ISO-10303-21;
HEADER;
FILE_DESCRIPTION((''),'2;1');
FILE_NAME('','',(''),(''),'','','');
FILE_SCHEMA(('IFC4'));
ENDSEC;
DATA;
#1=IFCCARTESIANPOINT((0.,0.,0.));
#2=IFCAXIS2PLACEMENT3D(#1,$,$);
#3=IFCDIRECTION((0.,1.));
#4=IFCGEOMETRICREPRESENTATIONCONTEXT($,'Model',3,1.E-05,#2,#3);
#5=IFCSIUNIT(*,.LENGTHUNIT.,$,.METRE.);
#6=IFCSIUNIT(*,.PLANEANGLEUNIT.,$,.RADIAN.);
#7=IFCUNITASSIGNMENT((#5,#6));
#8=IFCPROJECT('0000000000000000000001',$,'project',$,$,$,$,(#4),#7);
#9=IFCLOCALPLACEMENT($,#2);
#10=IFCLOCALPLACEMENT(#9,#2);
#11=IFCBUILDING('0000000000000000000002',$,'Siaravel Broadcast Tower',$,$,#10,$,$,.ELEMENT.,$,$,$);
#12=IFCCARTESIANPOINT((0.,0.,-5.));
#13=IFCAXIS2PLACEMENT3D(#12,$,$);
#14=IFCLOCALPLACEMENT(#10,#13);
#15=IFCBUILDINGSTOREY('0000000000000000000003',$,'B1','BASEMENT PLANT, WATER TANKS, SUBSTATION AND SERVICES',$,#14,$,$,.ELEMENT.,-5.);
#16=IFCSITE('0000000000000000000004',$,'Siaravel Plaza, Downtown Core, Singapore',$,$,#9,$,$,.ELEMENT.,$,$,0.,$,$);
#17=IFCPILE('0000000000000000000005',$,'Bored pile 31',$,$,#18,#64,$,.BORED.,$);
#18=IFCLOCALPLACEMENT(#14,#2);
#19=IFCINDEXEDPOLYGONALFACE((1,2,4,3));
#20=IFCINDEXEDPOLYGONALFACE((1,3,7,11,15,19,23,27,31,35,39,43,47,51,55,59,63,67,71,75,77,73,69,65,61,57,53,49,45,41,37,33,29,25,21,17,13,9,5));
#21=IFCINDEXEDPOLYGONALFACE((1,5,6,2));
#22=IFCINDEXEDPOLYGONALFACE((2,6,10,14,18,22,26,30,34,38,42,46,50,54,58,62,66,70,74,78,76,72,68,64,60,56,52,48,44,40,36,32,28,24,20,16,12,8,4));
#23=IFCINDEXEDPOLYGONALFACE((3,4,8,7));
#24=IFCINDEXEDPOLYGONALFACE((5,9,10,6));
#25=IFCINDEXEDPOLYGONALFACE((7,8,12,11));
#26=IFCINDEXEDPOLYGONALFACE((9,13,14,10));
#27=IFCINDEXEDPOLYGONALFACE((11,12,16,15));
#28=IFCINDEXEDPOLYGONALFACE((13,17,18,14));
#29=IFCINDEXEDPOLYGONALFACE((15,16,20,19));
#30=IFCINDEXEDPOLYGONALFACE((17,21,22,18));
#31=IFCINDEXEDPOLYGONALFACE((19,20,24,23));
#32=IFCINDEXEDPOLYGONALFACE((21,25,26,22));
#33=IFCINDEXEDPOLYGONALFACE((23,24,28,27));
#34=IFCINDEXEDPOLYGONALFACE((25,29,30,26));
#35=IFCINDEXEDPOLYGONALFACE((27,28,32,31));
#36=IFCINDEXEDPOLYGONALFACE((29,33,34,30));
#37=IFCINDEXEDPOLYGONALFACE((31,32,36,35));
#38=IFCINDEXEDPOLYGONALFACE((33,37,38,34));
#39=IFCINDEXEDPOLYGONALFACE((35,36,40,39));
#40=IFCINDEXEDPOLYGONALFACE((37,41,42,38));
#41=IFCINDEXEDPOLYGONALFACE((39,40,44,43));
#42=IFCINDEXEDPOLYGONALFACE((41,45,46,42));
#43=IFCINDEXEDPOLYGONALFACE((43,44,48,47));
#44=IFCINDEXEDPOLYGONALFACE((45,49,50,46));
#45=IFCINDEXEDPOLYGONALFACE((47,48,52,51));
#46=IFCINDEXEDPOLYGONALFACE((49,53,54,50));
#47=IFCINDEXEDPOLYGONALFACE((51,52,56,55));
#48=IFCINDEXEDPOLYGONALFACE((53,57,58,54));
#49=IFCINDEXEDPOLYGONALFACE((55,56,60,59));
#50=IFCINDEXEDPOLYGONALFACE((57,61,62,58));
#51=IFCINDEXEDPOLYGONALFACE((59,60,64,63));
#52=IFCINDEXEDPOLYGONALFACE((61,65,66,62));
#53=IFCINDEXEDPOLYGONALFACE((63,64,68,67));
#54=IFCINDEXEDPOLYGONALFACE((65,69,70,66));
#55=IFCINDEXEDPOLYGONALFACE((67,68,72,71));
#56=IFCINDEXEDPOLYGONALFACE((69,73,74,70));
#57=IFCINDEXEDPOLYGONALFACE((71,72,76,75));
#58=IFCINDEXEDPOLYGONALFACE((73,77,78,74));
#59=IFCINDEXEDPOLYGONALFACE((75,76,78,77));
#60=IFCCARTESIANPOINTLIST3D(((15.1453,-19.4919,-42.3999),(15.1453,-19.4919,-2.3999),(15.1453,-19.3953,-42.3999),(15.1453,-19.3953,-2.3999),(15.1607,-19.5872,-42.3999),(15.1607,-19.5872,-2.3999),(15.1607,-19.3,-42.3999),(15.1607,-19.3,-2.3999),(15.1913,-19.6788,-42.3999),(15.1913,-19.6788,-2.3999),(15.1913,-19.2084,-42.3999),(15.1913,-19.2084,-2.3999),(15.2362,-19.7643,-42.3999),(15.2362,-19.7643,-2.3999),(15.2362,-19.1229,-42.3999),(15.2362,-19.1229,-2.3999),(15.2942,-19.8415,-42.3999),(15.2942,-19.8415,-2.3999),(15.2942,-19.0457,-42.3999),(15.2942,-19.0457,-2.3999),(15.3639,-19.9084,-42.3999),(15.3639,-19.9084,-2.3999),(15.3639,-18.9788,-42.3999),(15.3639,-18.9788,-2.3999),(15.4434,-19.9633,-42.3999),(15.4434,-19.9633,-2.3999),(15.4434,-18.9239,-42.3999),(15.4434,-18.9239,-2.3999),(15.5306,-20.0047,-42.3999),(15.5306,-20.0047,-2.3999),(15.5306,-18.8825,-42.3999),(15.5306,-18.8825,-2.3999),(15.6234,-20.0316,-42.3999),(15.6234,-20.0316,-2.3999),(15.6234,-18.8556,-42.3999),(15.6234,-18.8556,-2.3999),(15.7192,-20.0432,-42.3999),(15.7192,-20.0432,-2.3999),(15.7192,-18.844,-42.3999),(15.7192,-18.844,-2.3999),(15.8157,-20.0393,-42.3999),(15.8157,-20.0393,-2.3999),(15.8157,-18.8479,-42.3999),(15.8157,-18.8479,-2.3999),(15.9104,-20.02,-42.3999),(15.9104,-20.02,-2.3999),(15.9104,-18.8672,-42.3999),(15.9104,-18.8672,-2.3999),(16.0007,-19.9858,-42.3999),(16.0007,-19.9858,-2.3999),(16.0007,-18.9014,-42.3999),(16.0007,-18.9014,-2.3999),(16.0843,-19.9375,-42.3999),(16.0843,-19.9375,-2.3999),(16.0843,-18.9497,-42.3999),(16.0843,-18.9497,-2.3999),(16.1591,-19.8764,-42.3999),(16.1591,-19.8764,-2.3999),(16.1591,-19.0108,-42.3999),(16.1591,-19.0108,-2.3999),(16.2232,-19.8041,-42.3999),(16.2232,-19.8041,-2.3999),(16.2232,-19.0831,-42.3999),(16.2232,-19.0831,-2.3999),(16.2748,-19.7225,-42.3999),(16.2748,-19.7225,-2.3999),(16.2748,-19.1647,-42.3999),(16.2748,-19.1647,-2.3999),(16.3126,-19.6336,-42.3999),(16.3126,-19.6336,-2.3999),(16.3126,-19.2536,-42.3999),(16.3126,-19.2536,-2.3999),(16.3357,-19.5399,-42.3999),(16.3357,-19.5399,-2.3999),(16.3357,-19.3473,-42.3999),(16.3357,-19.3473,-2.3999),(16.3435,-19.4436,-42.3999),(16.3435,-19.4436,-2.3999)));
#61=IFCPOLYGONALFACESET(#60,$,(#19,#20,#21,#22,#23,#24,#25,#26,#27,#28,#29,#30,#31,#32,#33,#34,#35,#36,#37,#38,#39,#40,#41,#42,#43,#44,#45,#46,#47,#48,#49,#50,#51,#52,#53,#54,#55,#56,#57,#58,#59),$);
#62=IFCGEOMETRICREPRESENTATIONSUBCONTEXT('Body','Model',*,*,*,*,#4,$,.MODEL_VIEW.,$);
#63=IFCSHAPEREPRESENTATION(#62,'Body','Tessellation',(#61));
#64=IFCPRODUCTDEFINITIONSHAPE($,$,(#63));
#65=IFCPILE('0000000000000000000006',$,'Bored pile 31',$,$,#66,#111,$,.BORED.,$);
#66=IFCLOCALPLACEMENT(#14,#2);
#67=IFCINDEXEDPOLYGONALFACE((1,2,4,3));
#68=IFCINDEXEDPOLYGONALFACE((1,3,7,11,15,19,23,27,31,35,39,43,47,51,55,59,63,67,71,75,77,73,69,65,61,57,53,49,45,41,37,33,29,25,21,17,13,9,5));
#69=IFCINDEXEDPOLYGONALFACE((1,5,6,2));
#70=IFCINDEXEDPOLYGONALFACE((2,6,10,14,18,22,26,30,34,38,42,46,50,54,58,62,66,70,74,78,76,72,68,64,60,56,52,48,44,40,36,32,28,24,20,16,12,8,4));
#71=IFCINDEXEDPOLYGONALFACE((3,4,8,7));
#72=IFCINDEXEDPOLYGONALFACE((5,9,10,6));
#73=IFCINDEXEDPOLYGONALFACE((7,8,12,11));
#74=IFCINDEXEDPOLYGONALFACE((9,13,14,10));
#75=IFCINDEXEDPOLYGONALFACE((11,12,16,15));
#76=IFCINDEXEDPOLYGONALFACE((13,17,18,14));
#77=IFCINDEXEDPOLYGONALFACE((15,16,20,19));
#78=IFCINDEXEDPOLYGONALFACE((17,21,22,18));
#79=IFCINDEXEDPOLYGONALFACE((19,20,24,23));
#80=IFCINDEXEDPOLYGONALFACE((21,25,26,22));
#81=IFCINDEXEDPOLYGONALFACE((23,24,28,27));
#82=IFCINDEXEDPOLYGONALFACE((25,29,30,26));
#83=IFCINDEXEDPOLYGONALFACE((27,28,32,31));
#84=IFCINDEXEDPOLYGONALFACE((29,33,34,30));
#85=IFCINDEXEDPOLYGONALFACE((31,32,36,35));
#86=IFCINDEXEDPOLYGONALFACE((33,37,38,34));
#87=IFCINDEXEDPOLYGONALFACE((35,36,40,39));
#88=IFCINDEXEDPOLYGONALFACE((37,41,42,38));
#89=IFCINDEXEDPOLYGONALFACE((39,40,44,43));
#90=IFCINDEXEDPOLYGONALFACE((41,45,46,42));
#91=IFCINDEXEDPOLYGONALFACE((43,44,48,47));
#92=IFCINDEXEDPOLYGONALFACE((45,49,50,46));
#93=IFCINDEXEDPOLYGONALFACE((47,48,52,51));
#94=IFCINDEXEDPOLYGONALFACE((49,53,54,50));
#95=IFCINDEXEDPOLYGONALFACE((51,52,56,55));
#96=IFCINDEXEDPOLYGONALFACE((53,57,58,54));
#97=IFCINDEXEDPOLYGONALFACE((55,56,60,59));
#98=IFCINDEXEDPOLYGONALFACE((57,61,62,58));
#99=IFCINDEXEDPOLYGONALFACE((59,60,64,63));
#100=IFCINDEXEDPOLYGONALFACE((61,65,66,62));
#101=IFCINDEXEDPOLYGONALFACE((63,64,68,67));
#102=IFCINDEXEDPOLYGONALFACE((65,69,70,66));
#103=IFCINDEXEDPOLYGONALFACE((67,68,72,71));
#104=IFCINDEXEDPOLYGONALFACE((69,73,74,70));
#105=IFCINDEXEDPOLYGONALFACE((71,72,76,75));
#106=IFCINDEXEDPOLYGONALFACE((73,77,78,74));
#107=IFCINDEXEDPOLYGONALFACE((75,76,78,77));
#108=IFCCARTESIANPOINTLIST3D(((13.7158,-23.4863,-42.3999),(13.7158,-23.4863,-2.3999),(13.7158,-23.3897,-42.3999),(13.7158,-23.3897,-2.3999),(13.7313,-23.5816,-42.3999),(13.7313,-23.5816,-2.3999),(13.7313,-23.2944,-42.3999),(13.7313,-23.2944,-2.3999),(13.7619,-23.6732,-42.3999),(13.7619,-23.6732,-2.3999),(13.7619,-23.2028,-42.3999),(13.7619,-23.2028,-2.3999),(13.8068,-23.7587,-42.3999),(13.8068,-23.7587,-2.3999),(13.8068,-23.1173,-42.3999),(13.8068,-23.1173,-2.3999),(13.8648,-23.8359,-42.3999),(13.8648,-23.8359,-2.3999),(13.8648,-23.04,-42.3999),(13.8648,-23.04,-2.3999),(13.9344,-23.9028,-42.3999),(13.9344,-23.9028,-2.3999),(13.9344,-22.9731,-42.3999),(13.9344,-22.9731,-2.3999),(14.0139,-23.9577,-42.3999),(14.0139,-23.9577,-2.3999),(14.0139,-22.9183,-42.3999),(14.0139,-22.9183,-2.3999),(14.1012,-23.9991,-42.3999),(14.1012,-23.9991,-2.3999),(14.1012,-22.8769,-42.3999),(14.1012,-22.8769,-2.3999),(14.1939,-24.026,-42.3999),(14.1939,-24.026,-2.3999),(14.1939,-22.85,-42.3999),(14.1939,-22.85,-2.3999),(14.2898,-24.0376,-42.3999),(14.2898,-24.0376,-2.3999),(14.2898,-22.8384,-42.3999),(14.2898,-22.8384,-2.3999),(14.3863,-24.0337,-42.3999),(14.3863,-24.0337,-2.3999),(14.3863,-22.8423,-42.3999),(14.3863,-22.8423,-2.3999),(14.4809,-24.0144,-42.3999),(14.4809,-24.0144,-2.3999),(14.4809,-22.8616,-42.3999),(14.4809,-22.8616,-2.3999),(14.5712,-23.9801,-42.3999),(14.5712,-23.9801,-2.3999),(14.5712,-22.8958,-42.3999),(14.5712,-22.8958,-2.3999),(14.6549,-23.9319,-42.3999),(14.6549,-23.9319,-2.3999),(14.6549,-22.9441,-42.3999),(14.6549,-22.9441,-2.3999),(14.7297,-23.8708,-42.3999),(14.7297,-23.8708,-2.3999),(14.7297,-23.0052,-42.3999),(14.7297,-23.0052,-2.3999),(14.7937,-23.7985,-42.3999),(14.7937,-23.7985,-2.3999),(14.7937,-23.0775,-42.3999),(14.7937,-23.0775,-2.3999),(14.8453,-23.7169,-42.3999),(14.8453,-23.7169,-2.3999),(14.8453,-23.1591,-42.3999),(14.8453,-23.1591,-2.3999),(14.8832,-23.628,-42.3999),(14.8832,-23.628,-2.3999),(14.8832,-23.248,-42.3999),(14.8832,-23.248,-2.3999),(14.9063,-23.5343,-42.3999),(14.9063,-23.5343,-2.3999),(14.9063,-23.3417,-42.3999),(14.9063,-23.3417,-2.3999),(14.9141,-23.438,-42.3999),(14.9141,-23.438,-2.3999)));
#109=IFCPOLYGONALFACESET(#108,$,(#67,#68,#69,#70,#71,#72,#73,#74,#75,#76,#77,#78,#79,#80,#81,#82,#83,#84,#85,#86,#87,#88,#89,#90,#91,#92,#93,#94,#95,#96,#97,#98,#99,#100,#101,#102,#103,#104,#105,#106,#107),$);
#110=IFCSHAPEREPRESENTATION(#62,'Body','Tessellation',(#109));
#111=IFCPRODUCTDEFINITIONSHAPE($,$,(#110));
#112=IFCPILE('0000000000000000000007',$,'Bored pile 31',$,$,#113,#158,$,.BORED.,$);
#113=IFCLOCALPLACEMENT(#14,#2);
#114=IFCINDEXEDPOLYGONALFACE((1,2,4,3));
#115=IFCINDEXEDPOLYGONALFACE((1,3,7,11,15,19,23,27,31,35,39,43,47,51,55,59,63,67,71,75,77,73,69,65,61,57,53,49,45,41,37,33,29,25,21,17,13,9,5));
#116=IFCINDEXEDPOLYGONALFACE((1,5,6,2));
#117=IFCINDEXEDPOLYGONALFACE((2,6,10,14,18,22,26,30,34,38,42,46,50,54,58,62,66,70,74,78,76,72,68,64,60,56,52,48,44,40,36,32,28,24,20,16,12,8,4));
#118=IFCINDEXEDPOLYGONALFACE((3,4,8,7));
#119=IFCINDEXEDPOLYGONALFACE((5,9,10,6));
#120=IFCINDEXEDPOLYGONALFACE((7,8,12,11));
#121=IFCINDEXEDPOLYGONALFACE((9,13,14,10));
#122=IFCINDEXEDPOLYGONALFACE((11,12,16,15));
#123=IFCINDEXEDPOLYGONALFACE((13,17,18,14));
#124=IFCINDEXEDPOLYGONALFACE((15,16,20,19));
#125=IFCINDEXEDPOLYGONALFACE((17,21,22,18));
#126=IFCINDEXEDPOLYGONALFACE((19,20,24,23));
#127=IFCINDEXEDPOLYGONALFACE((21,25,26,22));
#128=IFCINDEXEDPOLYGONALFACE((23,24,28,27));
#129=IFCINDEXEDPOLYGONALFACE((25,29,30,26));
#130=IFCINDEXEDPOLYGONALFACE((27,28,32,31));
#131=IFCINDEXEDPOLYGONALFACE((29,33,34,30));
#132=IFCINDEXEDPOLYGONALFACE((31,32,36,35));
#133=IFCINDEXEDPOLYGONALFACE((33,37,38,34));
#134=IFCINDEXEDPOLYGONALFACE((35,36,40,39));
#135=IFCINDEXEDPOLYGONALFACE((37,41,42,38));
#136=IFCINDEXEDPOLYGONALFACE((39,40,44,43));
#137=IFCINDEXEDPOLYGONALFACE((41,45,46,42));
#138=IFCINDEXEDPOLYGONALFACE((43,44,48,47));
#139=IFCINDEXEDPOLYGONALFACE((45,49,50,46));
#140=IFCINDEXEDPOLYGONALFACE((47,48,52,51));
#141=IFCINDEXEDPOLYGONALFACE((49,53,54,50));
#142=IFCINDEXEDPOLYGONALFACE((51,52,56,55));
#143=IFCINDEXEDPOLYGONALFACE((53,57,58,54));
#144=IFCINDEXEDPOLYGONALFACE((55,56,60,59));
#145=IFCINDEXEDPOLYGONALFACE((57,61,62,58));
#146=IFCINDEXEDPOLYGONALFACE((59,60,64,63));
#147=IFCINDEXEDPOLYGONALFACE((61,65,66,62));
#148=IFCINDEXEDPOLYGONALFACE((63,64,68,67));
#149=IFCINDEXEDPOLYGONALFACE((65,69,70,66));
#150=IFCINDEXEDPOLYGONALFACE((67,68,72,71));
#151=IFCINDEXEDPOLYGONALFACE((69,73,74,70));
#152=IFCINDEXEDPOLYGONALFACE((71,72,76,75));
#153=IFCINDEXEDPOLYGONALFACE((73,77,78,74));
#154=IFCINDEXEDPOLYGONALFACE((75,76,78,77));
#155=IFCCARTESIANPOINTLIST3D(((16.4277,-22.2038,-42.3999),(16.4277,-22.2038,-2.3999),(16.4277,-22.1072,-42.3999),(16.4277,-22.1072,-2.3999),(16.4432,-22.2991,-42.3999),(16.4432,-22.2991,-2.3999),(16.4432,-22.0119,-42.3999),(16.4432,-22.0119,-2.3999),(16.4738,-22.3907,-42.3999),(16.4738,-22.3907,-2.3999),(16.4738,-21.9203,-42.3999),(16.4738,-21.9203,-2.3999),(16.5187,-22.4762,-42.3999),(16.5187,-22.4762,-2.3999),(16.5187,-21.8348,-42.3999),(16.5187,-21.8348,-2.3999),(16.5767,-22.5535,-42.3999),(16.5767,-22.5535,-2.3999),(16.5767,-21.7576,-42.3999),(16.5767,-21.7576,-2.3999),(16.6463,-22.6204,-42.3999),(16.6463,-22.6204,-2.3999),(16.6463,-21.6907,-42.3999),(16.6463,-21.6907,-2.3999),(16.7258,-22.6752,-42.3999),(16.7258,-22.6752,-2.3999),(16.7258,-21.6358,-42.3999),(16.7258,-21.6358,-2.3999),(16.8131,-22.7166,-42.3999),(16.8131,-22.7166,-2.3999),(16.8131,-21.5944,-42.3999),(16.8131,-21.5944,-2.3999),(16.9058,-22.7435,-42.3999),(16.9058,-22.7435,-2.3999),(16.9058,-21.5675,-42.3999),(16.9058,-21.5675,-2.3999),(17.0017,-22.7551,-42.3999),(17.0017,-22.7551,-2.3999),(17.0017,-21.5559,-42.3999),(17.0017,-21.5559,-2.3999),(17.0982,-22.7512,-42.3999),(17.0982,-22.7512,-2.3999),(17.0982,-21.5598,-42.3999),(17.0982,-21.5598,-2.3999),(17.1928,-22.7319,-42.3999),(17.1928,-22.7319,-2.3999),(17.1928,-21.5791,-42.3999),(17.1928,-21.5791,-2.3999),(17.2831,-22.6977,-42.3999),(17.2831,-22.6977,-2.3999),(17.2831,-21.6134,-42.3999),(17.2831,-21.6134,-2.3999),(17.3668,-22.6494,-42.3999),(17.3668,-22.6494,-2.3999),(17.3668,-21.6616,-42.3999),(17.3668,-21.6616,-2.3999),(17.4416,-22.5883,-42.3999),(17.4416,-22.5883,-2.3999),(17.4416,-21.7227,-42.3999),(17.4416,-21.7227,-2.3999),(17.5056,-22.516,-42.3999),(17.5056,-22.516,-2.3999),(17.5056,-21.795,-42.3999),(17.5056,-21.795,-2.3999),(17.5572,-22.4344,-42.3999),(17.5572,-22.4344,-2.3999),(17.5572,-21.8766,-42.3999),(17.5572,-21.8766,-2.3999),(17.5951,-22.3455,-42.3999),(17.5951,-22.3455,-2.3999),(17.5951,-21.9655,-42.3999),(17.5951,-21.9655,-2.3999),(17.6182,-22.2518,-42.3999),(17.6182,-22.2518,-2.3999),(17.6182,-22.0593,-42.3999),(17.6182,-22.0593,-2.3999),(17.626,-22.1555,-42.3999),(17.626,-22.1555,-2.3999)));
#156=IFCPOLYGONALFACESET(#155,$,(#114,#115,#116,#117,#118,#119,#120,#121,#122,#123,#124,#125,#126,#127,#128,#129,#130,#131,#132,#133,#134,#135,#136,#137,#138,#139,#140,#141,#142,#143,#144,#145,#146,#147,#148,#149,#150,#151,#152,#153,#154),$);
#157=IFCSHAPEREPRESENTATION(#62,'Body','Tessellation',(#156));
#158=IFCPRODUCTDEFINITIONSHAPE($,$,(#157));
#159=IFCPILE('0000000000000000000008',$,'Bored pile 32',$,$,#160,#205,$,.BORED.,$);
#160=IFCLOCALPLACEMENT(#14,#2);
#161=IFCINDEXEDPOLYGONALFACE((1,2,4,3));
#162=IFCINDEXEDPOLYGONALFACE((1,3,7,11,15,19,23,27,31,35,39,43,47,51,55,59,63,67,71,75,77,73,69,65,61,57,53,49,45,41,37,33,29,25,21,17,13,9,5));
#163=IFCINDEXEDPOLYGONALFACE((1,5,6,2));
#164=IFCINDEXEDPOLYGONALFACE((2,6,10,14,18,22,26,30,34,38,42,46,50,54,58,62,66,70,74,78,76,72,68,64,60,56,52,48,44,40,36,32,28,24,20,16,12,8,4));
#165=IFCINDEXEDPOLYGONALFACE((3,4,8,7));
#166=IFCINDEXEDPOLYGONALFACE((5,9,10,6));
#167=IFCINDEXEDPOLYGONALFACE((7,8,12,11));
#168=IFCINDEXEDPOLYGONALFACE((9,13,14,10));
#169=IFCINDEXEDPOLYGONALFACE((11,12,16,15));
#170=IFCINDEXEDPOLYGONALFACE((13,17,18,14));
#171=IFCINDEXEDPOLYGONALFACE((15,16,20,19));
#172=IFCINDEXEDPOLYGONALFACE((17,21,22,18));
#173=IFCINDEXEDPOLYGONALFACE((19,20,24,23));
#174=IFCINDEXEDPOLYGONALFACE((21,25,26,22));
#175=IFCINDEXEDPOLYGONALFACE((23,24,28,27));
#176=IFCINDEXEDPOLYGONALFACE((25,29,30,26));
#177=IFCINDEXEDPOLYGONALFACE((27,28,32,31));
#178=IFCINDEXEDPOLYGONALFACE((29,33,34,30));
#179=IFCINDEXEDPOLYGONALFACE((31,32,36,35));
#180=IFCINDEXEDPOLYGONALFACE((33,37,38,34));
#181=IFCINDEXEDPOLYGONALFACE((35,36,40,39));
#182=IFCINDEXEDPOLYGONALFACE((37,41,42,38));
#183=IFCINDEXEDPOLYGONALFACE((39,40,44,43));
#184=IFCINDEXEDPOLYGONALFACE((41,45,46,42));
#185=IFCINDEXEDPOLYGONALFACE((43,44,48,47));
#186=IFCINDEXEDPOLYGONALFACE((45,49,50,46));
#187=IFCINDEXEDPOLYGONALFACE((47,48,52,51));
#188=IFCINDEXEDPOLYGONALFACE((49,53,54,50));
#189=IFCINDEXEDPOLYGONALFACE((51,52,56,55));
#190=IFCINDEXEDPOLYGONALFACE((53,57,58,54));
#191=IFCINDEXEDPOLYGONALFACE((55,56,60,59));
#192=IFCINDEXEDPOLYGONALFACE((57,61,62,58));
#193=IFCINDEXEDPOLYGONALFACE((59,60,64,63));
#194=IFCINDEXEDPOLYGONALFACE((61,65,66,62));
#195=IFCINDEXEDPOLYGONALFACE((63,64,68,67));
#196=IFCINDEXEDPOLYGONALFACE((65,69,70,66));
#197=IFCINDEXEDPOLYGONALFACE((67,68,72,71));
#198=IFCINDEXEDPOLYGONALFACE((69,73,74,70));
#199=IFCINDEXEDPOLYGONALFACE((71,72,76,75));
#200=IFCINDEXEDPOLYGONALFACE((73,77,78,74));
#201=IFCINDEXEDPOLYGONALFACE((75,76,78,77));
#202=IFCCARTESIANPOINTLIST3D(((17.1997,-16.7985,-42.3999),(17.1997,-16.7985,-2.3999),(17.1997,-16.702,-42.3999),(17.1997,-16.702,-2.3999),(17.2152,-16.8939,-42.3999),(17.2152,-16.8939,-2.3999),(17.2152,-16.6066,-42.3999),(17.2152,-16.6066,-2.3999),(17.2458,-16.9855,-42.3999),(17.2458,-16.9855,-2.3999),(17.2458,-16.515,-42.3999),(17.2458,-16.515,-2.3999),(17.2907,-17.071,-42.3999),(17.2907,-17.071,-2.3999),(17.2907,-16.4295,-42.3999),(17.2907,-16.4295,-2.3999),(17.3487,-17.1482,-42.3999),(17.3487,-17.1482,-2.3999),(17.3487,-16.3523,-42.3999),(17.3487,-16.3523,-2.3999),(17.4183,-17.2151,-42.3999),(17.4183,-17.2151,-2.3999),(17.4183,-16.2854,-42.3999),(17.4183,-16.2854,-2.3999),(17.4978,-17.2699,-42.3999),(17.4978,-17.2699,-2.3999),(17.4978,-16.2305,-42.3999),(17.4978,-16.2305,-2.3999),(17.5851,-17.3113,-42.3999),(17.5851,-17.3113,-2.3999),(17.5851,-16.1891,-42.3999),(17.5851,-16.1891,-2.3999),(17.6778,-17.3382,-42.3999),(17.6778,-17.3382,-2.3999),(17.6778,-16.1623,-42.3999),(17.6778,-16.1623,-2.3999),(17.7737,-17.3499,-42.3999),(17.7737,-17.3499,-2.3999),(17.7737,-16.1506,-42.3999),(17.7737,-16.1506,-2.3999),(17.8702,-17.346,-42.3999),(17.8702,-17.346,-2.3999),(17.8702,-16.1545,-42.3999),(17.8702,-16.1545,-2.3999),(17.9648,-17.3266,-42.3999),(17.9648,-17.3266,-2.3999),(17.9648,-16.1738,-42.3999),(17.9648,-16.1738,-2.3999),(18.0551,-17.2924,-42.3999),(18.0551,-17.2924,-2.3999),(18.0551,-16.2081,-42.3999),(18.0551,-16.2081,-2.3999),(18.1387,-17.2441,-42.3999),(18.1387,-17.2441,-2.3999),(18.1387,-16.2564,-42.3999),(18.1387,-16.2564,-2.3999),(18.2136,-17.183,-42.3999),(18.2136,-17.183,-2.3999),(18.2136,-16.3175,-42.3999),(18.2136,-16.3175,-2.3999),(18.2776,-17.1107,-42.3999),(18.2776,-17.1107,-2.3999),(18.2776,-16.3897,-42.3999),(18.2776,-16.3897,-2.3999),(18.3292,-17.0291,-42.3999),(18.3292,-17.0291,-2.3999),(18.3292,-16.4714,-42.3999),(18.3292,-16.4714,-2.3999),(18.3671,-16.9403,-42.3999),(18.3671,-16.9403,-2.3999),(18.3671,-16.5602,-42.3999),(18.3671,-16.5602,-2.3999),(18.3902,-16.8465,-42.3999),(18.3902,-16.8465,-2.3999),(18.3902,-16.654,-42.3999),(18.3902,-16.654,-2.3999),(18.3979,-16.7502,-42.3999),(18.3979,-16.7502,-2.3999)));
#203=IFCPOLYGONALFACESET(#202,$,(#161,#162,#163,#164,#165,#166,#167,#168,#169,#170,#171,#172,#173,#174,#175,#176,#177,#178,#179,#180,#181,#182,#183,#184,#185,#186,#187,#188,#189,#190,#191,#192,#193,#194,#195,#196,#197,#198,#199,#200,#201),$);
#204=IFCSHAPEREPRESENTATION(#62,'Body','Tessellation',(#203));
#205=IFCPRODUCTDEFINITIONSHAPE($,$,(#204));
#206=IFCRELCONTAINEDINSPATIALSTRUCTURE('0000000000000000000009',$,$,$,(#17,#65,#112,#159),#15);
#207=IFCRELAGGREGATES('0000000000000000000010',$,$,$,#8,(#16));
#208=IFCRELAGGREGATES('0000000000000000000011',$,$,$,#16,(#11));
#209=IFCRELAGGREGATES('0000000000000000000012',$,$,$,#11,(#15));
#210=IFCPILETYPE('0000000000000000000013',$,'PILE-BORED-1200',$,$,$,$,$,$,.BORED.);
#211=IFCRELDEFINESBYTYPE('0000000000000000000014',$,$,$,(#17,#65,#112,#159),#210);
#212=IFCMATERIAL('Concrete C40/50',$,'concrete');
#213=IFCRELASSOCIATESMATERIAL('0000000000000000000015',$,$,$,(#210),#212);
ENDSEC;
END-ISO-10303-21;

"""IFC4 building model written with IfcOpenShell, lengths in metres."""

from ifc_helpers import new_model, si_unit, direction, frame, origin, origin_2d, place, context, subcontext, project, spatial, circle, extrude, material, material_profile, profile_set, type_object, element, save


model = new_model("IFC4")

# Units and contexts
model_context = context("Model", 3, precision=1e-05, world=origin(), true_north=direction((0.0, 1.0)))
body_context = subcontext(model_context, "Body", "Model", "MODEL_VIEW")
ifc_project = project(units=[si_unit("LENGTHUNIT", "METRE"), si_unit("PLANEANGLEUNIT", "RADIAN")], contexts=[model_context])

# Site, building, storey
site_placement = place(None, origin())
site = spatial("IfcSite", under=ifc_project, at=site_placement, Name="Siaravel Plaza, Downtown Core, Singapore", CompositionType="ELEMENT", RefElevation=0.0)
building_placement = place(site_placement, origin())
building = spatial("IfcBuilding", under=site, at=building_placement, Name="Siaravel Broadcast Tower", CompositionType="ELEMENT")
storey_placement = place(building_placement, frame((0.0, 0.0, -5.0)))
storey = spatial("IfcBuildingStorey", under=building, at=storey_placement, Name="B1", Description="BASEMENT PLANT, WATER TANKS, SUBSTATION AND SERVICES", CompositionType="ELEMENT", Elevation=-5.0)

# Shared definitions
ifc_material_1 = material(Name="Concrete C40/50", Category="concrete")

# Piles
ifc_material_profile_1 = material_profile(ifc_material_1, circle(Radius=0.6001, at=origin_2d()))
ifc_profile_set_1 = profile_set([ifc_material_profile_1], Name="Concrete C40/50")
pile_type = type_object("IfcPileType", Name="PILE-BORED-1200", PredefinedType="BORED", material=ifc_profile_set_1)
for number, where, z_axis, x_axis, name in (
    (1, (15.7434, -19.4436, -2.3999), (0.0, 0.0, -1.0), (1.0, 0.0, 0.0), "Bored pile 31"),
    (2, (14.314, -23.438, -2.3999), (0.0, 0.0, -1.0), (1.0, 0.0, 0.0), "Bored pile 31"),
    (3, (17.0259, -22.1555, -2.3999), (0.0, 0.0, -1.0), (1.0, 0.0, 0.0), "Bored pile 31"),
    (4, (17.7979, -16.7502, -2.3999), (0.0, 0.0, -1.0), (1.0, 0.0, 0.0), "Bored pile 32"),
):
    element("IfcPile", number, at=place(storey_placement, frame(where, z_axis=z_axis, x_axis=x_axis)), inside=storey, type_object=pile_type, Name=name, PredefinedType="BORED", context=body_context, shape_type="SweptSolid", body=[
        extrude(circle(Radius=0.6001, at=origin_2d()), origin(), (0.0, 0.0, 1.0), 40.0),
    ])

save(model, "model.ifc")
